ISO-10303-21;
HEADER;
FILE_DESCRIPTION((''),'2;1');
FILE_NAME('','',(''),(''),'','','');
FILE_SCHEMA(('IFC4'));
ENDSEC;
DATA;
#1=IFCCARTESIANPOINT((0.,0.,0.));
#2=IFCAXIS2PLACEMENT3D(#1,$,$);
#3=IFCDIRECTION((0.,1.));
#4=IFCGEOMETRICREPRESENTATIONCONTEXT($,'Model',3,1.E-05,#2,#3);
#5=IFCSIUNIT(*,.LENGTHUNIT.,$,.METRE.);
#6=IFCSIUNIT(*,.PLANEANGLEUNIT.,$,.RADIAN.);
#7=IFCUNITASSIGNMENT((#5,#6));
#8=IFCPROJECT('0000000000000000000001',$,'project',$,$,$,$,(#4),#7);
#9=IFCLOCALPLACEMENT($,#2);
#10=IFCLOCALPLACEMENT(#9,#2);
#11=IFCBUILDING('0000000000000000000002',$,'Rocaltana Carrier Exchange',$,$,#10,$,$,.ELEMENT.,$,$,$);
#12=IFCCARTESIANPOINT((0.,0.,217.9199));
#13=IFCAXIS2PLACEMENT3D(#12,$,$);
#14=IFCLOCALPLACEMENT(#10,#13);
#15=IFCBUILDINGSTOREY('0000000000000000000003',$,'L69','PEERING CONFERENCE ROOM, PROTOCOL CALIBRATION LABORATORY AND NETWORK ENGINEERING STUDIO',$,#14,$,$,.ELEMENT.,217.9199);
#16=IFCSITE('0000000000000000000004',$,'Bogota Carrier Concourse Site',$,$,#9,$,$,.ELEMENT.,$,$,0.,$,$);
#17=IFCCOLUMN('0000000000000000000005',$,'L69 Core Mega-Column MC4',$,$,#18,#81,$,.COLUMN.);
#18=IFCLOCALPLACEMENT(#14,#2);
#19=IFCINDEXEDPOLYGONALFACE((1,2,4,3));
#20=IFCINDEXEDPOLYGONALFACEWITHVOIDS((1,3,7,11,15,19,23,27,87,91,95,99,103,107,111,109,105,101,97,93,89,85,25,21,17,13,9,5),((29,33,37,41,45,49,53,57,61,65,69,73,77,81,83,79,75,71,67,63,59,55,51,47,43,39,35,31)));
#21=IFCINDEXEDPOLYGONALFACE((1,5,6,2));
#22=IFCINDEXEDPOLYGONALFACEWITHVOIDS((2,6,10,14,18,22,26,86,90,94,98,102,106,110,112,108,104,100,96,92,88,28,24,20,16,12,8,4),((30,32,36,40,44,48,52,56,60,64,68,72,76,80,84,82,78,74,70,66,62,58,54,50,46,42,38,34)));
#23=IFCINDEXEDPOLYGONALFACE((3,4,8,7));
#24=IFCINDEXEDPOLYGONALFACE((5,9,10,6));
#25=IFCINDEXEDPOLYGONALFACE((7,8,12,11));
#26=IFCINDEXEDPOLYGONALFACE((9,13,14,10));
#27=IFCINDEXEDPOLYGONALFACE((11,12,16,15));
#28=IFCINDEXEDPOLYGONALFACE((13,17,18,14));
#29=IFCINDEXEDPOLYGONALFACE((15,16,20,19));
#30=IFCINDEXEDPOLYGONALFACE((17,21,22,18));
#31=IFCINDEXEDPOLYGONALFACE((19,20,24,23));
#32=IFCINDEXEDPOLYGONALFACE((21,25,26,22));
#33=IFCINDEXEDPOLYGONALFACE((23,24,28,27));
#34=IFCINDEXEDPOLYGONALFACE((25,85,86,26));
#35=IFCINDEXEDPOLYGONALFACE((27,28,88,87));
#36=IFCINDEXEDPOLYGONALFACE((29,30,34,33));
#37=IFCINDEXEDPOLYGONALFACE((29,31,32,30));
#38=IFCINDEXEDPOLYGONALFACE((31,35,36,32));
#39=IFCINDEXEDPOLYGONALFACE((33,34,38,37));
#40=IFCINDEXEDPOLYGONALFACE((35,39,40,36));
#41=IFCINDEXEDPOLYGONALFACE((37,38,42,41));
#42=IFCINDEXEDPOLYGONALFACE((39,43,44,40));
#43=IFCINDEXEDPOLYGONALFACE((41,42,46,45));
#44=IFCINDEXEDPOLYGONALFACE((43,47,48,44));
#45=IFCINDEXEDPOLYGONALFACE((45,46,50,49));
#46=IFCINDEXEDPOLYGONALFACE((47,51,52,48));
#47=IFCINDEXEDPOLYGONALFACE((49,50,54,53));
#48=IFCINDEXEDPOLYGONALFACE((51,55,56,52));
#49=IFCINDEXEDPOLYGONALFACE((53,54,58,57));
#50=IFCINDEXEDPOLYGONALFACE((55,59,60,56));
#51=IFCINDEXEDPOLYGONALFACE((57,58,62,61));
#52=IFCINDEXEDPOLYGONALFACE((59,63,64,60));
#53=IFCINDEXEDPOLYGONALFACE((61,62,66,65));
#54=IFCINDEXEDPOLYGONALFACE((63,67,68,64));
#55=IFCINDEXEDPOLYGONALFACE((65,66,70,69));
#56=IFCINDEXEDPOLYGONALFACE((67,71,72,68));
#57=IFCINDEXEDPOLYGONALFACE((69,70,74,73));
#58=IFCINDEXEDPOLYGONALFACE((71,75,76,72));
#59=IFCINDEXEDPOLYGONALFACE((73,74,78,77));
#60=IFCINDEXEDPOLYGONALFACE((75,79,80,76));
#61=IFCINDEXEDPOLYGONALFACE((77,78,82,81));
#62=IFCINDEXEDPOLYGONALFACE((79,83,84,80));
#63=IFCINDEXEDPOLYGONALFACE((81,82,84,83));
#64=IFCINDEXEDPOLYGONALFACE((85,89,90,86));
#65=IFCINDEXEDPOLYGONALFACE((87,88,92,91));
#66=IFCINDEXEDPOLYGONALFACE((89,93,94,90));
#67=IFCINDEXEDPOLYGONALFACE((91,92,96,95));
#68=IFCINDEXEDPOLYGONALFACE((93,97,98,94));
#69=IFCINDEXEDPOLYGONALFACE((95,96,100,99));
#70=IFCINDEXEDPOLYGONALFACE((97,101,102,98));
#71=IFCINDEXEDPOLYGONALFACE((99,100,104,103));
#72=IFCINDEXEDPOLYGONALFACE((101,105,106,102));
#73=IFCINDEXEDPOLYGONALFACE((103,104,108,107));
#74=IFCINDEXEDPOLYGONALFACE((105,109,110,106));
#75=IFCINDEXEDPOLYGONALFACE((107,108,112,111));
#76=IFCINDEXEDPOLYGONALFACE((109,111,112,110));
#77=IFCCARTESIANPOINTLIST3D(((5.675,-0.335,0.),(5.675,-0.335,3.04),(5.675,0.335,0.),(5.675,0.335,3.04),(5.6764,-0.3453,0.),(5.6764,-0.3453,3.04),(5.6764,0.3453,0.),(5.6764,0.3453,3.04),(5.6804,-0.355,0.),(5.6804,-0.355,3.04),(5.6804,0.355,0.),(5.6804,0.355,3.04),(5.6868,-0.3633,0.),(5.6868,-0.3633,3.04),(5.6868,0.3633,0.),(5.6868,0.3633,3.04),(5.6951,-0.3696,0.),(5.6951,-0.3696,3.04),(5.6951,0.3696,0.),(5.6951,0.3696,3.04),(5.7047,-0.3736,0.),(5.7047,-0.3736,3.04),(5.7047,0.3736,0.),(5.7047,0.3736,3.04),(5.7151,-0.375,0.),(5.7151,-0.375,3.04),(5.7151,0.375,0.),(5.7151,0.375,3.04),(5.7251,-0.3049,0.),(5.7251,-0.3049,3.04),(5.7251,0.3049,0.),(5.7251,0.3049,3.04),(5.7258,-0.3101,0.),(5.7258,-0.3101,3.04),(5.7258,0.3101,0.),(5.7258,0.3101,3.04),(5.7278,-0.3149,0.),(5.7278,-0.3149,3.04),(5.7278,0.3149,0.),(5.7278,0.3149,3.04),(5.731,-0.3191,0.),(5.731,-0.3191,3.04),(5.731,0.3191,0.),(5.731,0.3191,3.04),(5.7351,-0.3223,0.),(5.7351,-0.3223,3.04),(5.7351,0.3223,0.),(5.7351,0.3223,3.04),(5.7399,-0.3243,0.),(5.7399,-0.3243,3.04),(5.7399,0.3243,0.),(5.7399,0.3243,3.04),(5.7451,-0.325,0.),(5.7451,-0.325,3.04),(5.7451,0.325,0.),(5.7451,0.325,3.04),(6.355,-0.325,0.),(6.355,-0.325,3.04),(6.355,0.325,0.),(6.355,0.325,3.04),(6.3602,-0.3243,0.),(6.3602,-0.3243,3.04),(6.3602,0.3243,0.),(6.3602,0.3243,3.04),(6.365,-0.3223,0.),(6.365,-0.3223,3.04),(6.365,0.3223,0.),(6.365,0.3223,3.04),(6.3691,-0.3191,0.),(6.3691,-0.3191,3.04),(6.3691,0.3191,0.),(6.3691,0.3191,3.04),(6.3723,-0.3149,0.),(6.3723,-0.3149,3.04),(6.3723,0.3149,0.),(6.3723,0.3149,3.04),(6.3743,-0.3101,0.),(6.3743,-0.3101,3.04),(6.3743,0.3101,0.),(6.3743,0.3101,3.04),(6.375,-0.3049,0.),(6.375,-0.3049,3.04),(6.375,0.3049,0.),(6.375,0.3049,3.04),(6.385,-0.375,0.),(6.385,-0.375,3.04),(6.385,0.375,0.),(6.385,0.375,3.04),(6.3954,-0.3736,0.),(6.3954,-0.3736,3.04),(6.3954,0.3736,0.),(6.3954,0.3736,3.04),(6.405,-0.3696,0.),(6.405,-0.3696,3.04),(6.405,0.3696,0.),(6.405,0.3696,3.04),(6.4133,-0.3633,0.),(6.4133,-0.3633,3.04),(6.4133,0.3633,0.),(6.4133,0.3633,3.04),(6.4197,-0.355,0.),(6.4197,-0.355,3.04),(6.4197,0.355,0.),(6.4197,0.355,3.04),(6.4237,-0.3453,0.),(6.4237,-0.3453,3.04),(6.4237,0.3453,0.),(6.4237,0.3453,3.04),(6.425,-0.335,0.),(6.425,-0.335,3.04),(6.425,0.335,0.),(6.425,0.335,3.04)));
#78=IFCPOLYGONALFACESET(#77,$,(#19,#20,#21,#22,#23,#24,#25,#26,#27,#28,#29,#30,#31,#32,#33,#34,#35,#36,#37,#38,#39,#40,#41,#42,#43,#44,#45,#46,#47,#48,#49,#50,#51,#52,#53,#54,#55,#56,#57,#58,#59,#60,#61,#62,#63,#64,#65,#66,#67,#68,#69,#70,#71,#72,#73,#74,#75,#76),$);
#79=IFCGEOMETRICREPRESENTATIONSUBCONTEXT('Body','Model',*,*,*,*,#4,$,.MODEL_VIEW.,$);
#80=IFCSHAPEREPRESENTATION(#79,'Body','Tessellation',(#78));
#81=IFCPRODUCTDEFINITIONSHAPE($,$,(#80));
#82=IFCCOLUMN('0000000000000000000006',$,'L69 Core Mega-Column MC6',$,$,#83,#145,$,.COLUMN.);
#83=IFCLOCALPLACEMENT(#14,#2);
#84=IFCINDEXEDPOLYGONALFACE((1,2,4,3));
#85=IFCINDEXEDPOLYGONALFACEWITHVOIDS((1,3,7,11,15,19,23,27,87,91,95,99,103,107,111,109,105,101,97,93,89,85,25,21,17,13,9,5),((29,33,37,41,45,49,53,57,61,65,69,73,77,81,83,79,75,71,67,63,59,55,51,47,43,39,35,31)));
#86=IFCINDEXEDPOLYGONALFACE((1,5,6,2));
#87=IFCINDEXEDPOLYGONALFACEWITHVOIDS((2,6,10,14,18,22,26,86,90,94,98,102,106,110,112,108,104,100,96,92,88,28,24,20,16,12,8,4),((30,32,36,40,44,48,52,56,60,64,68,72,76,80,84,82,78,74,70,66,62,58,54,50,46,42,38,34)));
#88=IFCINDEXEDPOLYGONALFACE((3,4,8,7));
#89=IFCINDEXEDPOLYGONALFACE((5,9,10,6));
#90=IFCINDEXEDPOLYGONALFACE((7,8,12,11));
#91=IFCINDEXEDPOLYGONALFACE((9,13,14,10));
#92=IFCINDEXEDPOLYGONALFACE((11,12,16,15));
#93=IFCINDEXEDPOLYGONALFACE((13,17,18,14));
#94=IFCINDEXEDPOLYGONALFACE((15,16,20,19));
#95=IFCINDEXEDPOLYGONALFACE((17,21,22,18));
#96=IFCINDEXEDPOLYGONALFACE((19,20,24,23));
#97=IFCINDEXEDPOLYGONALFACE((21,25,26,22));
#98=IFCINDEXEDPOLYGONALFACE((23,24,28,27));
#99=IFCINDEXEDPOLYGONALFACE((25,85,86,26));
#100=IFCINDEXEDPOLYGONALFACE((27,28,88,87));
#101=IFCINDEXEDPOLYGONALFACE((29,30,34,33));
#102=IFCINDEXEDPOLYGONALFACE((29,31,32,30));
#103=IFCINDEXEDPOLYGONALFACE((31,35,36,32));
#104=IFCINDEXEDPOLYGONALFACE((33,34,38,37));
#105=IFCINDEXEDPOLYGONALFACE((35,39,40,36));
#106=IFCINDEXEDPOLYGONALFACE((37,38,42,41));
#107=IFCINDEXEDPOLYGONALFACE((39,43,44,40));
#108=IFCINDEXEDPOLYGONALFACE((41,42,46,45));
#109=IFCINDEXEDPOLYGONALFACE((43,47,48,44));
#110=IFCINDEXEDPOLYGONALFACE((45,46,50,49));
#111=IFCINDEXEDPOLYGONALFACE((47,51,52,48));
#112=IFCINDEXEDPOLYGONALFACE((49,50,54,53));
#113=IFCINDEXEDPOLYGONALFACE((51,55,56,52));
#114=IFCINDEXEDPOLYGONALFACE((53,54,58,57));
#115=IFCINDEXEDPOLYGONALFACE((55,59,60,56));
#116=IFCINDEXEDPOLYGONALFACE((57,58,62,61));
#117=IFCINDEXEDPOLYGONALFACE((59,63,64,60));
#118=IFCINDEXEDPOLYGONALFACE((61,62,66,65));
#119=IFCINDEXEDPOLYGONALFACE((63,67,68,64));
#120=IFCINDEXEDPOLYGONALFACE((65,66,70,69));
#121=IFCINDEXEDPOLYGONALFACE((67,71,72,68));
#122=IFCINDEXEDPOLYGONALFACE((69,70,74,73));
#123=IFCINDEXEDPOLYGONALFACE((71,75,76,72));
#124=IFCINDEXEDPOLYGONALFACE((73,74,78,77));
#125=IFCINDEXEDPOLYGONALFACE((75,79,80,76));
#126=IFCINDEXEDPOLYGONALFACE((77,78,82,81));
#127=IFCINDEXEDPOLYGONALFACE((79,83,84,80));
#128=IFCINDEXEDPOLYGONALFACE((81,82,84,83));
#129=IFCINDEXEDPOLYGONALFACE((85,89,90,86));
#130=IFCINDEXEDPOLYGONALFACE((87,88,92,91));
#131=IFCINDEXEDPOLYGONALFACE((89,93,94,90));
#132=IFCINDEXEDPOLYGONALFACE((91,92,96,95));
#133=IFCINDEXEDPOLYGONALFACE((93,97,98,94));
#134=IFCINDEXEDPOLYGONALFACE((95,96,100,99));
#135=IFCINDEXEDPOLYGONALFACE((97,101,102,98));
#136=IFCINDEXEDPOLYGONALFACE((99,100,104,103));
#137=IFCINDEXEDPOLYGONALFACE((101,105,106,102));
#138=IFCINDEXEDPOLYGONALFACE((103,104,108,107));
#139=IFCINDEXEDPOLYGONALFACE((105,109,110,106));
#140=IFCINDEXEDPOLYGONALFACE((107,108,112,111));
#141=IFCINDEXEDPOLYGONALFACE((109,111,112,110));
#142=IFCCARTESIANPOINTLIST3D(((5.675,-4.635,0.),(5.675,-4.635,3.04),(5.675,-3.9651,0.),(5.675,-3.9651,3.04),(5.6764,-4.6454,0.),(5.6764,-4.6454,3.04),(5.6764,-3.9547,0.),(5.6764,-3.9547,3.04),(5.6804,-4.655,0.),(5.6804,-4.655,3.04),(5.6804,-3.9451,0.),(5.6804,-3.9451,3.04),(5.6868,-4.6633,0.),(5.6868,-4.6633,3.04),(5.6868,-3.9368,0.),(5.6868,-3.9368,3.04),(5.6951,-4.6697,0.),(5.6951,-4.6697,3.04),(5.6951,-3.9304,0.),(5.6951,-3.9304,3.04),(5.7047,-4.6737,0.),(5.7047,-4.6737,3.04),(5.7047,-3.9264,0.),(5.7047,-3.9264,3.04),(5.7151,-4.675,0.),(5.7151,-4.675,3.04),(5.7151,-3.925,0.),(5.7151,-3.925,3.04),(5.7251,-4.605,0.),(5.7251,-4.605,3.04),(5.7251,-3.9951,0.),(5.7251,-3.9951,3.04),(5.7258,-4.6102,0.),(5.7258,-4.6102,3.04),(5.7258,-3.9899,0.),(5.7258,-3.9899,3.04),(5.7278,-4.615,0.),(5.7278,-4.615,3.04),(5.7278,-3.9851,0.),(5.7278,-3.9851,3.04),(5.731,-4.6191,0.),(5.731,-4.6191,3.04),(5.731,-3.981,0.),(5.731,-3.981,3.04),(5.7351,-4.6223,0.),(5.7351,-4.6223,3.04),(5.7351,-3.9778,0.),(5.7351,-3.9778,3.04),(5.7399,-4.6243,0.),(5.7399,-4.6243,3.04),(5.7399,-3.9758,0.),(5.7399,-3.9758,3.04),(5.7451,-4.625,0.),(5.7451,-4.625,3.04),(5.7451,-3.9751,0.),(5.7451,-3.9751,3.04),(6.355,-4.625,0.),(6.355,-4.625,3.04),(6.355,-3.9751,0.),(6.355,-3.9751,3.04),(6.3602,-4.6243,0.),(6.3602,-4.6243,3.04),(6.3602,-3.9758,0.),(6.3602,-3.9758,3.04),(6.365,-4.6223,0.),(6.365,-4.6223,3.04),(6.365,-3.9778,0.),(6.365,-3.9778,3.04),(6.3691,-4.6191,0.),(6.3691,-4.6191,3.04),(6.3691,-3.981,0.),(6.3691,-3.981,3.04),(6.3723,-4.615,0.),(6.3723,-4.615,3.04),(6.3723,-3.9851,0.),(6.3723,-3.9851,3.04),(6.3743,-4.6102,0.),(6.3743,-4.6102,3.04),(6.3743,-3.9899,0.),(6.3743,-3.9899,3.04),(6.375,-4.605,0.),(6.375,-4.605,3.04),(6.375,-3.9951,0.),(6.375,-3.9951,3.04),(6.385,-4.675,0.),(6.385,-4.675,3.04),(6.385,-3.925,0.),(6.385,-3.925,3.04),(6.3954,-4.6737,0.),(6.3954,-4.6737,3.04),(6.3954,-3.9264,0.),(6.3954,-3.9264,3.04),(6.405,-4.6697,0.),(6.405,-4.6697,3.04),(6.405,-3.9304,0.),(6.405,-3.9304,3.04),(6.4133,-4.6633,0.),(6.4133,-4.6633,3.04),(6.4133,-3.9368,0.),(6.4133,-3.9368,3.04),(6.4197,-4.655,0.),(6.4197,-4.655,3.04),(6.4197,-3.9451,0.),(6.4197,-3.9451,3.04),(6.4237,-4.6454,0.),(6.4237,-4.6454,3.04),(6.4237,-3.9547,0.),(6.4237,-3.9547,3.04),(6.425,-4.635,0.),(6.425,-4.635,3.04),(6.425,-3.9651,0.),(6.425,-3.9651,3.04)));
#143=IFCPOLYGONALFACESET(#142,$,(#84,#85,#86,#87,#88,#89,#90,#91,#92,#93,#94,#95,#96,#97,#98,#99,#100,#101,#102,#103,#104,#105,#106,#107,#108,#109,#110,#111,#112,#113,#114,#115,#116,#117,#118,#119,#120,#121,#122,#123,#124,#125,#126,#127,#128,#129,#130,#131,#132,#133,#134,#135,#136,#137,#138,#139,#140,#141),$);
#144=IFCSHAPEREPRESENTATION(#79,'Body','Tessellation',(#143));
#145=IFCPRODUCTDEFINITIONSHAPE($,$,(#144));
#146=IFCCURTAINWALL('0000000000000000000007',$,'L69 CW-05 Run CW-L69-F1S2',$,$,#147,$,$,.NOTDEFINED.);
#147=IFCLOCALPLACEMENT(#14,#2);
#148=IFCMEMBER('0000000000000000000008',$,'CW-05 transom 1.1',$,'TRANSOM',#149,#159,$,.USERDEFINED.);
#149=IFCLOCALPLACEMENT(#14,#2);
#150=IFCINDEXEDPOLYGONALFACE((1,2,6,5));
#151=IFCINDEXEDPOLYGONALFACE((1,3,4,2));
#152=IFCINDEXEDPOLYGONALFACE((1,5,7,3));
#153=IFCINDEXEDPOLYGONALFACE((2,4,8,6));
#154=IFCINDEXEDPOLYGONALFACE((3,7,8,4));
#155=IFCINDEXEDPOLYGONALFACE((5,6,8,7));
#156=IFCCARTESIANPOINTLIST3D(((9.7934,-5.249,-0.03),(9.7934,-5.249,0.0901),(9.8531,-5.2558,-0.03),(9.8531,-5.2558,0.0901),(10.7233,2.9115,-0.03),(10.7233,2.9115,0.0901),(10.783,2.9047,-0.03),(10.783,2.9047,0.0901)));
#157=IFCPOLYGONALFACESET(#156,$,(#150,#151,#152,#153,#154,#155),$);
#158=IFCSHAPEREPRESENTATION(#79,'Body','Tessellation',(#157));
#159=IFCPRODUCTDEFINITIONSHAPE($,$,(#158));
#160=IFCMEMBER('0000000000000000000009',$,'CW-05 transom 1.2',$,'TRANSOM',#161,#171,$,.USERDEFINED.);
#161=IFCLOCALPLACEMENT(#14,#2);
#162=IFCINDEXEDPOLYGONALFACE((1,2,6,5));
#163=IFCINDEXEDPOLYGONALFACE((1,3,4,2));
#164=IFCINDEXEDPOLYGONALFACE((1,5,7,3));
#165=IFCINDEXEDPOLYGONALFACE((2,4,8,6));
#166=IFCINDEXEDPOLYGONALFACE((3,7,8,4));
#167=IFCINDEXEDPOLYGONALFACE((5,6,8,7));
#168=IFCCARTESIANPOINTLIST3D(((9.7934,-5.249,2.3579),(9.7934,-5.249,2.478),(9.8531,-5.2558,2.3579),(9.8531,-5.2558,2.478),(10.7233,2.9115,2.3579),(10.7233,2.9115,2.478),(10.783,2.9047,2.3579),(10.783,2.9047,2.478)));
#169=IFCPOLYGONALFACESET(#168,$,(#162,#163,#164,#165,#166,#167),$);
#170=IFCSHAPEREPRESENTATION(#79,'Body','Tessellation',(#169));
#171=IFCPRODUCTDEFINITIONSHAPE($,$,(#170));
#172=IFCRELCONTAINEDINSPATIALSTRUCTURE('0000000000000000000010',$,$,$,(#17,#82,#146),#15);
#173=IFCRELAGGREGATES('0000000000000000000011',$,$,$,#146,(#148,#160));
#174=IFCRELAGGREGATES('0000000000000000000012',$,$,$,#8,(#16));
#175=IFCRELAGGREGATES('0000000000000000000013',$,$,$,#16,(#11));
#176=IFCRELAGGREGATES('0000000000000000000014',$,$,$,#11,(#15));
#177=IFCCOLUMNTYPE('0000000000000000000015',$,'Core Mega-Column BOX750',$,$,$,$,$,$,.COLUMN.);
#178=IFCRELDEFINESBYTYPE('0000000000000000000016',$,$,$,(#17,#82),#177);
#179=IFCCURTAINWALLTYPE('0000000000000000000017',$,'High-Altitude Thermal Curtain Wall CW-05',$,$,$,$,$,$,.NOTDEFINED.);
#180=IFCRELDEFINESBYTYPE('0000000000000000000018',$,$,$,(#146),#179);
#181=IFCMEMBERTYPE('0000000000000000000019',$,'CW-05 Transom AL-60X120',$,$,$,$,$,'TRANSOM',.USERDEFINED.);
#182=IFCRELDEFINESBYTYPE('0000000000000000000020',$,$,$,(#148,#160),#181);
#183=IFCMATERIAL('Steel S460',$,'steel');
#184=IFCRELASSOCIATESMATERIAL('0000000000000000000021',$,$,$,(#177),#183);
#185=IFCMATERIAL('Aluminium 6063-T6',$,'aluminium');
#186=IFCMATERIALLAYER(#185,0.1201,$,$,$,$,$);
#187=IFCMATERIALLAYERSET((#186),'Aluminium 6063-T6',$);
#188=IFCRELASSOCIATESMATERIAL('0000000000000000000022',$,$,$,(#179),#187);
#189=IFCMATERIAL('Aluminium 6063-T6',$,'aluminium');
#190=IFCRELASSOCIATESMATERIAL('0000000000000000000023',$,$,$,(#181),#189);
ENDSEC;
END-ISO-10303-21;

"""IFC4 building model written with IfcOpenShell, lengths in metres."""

from ifc_helpers import new_model, si_unit, direction, frame, origin, origin_2d, place, context, subcontext, project, spatial, rectangle, hollow_rectangle, extrude, material, layer, layer_set, material_profile, profile_set, type_object, element, aggregate, save


model = new_model("IFC4")

# Units and contexts
model_context = context("Model", 3, precision=1e-05, world=origin(), true_north=direction((0.0, 1.0)))
body_context = subcontext(model_context, "Body", "Model", "MODEL_VIEW")
ifc_project = project(units=[si_unit("LENGTHUNIT", "METRE"), si_unit("PLANEANGLEUNIT", "RADIAN")], contexts=[model_context])

# Site, building, storey
site_placement = place(None, origin())
site = spatial("IfcSite", under=ifc_project, at=site_placement, Name="Bogota Carrier Concourse Site", CompositionType="ELEMENT", RefElevation=0.0)
building_placement = place(site_placement, origin())
building = spatial("IfcBuilding", under=site, at=building_placement, Name="Rocaltana Carrier Exchange", CompositionType="ELEMENT")
storey_placement = place(building_placement, frame((0.0, 0.0, 217.9199)))
storey = spatial("IfcBuildingStorey", under=building, at=storey_placement, Name="L69", Description="PEERING CONFERENCE ROOM, PROTOCOL CALIBRATION LABORATORY AND NETWORK ENGINEERING STUDIO", CompositionType="ELEMENT", Elevation=217.9199)

# Columns
ifc_material_1 = material(Name="Steel S460", Category="steel")
ifc_material_profile_1 = material_profile(ifc_material_1, hollow_rectangle(XDim=0.75, YDim=0.75, WallThickness=0.05, InnerFilletRadius=0.02, OuterFilletRadius=0.04, at=origin_2d()), Name="BOX750X750X50")
ifc_profile_set_1 = profile_set([ifc_material_profile_1], Name="Steel S460")
column_type = type_object("IfcColumnType", Name="Core Mega-Column BOX750", PredefinedType="COLUMN", material=ifc_profile_set_1)
for number, where, z_axis, x_axis, name in (
    (1, (6.05, 0.0, 0.0), (0.0, 0.0, 1.0), (1.0, 0.0, 0.0), "L69 Core Mega-Column MC4"),
    (2, (6.05, -4.3, 0.0), (0.0, 0.0, 1.0), (1.0, 0.0, 0.0), "L69 Core Mega-Column MC6"),
):
    element("IfcColumn", number, at=place(storey_placement, frame(where, z_axis=z_axis, x_axis=x_axis)), inside=storey, type_object=column_type, Name=name, PredefinedType="COLUMN", context=body_context, shape_type="SweptSolid", body=[
        extrude(hollow_rectangle(XDim=0.75, YDim=0.75, WallThickness=0.05, InnerFilletRadius=0.02, OuterFilletRadius=0.04, at=origin_2d()), origin(), (0.0, 0.0, 1.0), 3.04),
    ])

# Curtain wall, members
ifc_material_2 = material(Name="Aluminium 6063-T6", Category="aluminium")
ifc_layer_1 = layer(ifc_material_2, 0.1201)
ifc_layer_set_1 = layer_set([ifc_layer_1], Name="Aluminium 6063-T6")
curtain_wall_type = type_object("IfcCurtainWallType", Name="High-Altitude Thermal Curtain Wall CW-05", PredefinedType="NOTDEFINED", material=ifc_layer_set_1)
curtain_wall_placement = place(storey_placement, origin())
curtain_wall = element("IfcCurtainWall", 3, at=curtain_wall_placement, inside=storey, type_object=curtain_wall_type, Name="L69 CW-05 Run CW-L69-F1S2", PredefinedType="NOTDEFINED")
ifc_material_3 = material(Name="Aluminium 6063-T6", Category="aluminium")
ifc_material_profile_2 = material_profile(ifc_material_3, rectangle(XDim=0.0601, YDim=0.1201, at=origin_2d()), Name="AL-60X120")
ifc_profile_set_2 = profile_set([ifc_material_profile_2], Name="Aluminium 6063-T6")
member_type = type_object("IfcMemberType", Name="CW-05 Transom AL-60X120", ElementType="TRANSOM", PredefinedType="USERDEFINED", material=ifc_profile_set_2)
member_1_placement = place(storey_placement, frame((9.8232, -5.2524, 0.03), z_axis=(0.11322, 0.99357, 0.0), x_axis=(-0.99357, 0.11322, 0.0)))
member_1 = element("IfcMember", 4, at=member_1_placement, type_object=member_type, Name="CW-05 transom 1.1", ObjectType="TRANSOM", PredefinedType="USERDEFINED", context=body_context, shape_type="SweptSolid", body=[
    extrude(rectangle(XDim=0.0601, YDim=0.1201, at=origin_2d()), origin(), (0.0, 0.0, 1.0), 8.2134),
])
member_2_placement = place(storey_placement, frame((9.8232, -5.2524, 2.418), z_axis=(0.11322, 0.99357, 0.0), x_axis=(-0.99357, 0.11322, 0.0)))
member_2 = element("IfcMember", 5, at=member_2_placement, type_object=member_type, Name="CW-05 transom 1.2", ObjectType="TRANSOM", PredefinedType="USERDEFINED", context=body_context, shape_type="SweptSolid", body=[
    extrude(rectangle(XDim=0.0601, YDim=0.1201, at=origin_2d()), origin(), (0.0, 0.0, 1.0), 8.2134),
])

aggregate(curtain_wall, [member_1, member_2])

save(model, "model.ifc")
